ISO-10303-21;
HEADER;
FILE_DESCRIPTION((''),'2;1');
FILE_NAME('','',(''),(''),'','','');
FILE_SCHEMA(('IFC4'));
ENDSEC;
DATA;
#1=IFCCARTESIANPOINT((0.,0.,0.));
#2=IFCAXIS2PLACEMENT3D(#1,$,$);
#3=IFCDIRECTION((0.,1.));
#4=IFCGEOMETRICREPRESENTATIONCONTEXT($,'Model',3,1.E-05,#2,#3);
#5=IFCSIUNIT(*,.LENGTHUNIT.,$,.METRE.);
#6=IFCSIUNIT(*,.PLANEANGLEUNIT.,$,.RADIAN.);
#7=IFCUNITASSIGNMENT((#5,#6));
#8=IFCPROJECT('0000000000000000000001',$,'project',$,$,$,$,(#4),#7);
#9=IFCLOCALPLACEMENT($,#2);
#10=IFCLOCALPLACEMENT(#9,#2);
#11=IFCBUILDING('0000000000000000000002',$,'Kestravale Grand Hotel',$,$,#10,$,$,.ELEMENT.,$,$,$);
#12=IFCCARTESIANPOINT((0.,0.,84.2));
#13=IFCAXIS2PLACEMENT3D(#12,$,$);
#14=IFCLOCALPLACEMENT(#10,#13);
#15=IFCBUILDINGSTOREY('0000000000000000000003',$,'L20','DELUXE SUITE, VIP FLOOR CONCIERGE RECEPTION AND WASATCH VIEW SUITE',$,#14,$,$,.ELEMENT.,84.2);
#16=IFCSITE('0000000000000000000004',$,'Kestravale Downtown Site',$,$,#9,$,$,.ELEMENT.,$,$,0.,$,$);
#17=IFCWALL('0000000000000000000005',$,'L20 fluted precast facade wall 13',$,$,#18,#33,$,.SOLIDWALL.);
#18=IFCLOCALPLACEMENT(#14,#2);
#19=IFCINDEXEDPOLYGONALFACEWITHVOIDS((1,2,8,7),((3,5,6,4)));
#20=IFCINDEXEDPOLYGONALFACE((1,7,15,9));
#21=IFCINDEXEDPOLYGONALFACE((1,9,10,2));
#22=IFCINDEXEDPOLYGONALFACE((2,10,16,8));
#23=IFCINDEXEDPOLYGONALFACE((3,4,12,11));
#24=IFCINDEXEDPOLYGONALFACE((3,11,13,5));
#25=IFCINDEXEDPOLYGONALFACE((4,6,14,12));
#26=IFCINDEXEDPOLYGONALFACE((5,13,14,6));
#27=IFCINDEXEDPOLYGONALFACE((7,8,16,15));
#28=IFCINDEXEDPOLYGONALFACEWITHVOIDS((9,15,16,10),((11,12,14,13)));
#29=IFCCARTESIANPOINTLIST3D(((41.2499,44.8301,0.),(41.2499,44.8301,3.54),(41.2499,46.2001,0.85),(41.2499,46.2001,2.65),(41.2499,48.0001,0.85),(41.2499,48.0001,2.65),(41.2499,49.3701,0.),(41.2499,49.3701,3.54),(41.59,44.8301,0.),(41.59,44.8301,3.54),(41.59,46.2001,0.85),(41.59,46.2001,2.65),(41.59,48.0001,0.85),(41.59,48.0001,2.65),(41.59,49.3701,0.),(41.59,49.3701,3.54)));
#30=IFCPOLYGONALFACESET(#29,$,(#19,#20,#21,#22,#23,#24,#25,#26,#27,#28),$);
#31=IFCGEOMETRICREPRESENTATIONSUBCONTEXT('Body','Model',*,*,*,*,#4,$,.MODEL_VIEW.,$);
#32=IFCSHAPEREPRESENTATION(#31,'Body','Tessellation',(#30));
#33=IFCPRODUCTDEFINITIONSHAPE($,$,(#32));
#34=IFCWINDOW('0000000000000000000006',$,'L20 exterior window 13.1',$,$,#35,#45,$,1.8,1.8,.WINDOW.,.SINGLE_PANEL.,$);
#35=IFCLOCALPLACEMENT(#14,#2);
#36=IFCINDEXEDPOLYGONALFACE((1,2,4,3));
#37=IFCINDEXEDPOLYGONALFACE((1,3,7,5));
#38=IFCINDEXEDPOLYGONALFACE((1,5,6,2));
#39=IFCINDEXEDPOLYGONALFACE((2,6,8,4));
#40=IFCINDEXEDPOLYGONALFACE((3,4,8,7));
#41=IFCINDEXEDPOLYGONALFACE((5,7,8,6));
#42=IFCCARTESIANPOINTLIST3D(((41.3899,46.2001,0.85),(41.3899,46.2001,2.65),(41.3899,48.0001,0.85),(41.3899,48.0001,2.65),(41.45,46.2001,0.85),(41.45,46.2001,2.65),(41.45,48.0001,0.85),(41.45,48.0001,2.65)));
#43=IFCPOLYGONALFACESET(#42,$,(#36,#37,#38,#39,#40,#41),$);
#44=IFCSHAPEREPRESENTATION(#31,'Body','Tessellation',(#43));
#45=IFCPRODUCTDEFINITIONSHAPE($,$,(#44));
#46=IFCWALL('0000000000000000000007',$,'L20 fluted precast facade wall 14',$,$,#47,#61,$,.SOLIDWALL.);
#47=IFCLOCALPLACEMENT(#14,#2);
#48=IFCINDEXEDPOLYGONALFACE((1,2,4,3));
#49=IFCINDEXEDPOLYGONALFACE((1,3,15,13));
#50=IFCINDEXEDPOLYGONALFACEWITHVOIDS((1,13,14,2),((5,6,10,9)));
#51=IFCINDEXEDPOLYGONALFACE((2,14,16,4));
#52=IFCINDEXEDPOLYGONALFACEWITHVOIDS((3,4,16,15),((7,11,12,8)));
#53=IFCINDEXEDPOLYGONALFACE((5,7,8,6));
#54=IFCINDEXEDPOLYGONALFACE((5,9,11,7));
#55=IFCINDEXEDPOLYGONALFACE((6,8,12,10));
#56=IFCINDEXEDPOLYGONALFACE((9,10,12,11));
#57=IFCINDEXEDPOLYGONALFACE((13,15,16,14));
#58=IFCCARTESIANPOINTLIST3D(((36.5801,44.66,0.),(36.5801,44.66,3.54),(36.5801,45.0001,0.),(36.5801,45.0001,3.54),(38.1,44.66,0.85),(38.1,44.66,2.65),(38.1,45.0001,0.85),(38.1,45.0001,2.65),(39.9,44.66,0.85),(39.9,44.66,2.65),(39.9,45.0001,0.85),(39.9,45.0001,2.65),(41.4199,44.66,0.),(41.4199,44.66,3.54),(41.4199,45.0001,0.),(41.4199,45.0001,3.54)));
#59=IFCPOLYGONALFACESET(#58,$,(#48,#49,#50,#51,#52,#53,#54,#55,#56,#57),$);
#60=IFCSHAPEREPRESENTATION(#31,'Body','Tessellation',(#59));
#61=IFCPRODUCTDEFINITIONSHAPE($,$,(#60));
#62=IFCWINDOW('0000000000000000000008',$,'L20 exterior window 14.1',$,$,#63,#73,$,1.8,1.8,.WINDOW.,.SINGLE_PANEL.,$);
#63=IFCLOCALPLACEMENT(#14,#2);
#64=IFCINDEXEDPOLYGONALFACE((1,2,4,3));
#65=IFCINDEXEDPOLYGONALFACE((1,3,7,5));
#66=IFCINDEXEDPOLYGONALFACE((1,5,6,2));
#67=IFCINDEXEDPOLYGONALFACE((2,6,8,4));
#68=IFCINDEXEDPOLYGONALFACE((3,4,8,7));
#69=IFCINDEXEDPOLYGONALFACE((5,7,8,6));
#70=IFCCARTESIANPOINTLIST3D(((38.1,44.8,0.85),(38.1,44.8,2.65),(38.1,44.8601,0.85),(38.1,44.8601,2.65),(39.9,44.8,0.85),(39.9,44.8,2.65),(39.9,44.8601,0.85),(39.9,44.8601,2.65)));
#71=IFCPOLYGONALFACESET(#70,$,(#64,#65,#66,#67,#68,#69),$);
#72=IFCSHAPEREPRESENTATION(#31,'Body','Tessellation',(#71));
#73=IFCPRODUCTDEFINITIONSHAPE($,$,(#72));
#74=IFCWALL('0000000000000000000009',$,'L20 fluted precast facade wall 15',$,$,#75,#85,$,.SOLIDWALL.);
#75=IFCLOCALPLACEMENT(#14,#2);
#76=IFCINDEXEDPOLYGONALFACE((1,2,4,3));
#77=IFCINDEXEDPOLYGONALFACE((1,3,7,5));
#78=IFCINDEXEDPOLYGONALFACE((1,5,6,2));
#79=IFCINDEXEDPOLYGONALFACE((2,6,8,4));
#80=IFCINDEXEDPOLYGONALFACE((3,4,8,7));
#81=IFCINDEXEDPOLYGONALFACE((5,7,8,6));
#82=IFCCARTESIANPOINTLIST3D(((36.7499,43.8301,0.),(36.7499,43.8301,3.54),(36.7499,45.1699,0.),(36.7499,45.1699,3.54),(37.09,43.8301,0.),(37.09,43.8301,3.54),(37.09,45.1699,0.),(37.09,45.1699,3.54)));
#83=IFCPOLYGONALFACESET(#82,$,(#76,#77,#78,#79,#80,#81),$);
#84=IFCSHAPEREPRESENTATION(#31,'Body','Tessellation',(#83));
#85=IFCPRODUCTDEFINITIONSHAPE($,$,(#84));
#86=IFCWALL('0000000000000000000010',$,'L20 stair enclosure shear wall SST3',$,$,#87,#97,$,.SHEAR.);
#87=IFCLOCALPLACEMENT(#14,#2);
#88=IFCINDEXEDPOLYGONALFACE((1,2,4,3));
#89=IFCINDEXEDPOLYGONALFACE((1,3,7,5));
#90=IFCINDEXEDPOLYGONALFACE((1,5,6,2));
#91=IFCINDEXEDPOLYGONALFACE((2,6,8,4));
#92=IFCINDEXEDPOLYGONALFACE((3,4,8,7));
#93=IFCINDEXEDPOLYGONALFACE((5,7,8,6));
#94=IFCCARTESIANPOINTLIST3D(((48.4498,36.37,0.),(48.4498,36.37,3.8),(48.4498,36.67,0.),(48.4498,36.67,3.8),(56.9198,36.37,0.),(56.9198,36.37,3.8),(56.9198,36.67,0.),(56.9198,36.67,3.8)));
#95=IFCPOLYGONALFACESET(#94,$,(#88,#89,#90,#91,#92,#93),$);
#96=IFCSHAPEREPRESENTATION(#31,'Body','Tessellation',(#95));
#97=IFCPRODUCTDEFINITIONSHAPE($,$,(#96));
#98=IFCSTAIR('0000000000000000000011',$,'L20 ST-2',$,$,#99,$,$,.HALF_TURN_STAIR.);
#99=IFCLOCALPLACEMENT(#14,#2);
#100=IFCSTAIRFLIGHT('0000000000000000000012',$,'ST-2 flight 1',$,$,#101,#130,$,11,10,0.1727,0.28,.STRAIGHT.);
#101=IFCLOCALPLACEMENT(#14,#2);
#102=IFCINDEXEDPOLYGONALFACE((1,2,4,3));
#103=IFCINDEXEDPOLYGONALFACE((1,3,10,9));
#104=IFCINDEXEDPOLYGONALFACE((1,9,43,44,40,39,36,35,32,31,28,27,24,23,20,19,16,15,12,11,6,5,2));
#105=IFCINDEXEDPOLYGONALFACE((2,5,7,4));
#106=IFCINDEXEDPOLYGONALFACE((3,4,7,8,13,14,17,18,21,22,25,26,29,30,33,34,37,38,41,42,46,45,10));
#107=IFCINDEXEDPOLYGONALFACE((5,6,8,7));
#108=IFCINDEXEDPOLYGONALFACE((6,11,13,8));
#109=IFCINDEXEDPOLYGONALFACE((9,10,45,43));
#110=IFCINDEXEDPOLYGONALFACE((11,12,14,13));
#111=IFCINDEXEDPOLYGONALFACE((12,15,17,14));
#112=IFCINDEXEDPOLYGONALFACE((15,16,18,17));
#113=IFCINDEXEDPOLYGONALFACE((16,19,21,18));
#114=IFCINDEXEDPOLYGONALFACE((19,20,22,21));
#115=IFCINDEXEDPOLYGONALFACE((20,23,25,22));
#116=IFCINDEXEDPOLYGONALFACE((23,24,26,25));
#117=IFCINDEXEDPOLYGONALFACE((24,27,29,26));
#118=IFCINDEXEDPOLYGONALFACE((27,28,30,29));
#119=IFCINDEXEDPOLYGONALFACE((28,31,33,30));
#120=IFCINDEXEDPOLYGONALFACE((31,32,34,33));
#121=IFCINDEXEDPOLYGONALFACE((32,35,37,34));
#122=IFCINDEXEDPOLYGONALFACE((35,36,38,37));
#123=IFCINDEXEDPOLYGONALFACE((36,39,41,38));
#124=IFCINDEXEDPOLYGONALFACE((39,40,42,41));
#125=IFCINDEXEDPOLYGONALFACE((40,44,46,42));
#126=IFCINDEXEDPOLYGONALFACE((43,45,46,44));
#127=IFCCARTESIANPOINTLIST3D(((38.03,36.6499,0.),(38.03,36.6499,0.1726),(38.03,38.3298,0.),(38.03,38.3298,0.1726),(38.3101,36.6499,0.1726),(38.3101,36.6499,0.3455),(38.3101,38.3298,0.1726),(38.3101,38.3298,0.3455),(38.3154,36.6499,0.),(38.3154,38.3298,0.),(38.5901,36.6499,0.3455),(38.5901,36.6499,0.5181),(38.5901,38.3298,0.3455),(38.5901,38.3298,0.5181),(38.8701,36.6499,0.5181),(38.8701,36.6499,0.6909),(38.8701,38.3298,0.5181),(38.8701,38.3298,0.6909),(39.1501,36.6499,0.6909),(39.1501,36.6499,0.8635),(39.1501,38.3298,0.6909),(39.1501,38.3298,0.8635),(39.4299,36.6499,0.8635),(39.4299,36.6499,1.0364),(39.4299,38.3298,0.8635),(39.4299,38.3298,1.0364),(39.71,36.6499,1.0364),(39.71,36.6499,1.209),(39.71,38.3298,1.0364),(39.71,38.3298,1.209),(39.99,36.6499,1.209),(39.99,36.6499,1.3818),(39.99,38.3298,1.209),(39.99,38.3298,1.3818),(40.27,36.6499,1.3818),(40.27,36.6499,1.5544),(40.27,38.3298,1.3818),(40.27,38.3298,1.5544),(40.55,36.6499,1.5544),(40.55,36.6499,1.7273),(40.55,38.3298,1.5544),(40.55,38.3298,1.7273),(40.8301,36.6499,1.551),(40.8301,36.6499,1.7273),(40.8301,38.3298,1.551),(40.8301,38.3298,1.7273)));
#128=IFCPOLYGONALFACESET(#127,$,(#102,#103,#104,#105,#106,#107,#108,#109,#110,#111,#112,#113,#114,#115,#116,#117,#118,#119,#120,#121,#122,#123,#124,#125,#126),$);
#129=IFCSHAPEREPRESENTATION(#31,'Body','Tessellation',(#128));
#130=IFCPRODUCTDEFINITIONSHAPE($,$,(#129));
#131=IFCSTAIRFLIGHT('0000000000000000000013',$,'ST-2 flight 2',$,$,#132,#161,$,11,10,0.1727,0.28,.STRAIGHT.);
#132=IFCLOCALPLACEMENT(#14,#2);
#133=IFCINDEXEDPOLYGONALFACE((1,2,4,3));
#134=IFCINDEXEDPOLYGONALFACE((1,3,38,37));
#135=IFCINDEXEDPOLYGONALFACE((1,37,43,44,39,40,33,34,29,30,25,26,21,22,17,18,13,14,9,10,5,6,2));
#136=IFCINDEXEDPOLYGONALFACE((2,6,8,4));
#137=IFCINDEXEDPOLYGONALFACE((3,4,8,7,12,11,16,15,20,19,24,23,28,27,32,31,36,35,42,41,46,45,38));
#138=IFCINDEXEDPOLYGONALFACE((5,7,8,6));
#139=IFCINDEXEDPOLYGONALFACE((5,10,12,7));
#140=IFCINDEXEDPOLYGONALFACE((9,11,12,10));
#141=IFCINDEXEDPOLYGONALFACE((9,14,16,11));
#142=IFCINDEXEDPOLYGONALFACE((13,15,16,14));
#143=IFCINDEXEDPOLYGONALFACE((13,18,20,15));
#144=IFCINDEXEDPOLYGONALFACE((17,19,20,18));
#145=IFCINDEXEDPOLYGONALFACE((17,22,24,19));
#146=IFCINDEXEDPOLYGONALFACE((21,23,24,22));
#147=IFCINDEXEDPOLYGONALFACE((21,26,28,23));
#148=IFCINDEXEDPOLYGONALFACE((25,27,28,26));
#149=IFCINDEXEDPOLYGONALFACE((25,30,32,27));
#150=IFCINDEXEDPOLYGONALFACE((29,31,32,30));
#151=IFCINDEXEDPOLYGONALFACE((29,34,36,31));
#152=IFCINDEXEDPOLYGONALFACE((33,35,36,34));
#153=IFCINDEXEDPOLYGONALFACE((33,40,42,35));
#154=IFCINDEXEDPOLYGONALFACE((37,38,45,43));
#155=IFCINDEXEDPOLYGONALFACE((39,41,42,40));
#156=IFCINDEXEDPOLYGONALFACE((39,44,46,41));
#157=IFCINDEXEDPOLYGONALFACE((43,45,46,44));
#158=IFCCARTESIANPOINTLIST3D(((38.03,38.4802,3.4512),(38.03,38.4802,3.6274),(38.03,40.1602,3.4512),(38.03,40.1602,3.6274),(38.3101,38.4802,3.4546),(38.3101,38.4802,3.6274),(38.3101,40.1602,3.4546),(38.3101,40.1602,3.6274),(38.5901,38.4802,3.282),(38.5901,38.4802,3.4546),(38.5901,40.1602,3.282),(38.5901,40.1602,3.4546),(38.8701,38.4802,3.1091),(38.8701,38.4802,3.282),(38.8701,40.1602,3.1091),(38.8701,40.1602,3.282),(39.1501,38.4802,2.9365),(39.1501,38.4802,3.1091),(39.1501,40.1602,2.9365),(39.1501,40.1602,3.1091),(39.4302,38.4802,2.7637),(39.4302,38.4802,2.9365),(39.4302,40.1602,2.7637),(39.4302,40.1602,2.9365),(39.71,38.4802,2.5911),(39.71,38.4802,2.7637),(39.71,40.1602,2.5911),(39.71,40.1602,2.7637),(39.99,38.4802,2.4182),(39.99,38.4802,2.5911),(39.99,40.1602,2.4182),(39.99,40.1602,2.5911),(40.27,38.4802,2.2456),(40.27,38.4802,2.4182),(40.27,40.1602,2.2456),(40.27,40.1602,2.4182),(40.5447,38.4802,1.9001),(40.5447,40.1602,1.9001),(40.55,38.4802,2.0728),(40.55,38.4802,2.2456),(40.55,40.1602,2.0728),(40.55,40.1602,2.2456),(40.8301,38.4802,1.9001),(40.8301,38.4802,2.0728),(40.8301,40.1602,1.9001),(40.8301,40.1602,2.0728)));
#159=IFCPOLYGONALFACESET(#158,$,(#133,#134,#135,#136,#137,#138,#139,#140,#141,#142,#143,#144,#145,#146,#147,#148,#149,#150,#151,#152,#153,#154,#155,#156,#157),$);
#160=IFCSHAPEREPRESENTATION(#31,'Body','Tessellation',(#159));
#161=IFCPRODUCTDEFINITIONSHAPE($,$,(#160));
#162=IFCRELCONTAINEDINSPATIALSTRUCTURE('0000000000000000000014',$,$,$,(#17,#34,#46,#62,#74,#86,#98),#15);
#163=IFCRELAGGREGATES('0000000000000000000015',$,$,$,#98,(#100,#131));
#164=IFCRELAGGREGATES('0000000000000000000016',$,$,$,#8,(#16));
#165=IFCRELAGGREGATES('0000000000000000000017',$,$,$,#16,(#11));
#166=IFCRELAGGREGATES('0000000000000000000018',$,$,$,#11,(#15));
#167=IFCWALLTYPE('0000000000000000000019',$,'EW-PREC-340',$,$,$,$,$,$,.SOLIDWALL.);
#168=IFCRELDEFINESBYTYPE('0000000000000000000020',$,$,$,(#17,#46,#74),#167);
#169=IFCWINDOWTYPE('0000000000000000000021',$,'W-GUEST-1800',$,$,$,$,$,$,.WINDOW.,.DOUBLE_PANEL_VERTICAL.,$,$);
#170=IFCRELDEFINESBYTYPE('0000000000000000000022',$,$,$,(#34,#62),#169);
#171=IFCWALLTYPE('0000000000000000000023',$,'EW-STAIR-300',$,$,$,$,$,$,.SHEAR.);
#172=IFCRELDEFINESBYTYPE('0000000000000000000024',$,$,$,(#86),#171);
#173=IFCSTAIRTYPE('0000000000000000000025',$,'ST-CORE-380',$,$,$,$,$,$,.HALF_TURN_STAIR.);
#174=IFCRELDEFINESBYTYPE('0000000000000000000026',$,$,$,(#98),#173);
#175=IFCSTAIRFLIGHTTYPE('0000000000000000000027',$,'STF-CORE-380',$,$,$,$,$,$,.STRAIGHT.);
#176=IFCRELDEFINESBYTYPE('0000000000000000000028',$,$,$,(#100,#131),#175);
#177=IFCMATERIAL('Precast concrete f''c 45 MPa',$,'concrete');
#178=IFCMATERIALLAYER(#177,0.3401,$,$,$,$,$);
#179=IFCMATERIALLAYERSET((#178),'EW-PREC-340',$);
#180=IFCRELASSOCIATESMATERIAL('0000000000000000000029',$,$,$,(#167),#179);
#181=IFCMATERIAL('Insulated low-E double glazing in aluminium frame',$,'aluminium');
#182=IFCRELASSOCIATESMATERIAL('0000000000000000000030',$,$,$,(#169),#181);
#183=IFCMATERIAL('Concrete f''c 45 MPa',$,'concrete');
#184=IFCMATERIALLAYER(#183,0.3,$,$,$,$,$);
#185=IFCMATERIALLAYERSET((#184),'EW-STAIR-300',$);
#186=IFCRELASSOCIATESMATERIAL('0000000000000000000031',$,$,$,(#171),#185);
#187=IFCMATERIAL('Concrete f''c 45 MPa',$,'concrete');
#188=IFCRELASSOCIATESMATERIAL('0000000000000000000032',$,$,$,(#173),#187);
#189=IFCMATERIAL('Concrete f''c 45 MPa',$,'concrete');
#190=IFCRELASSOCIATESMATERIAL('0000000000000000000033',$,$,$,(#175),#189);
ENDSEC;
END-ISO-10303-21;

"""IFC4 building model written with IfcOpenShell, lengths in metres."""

from ifc_helpers import new_model, si_unit, direction, frame, frame_2d, origin, place, context, subcontext, project, spatial, polyline, rectangle, outline, extrude, material, layer, layer_set, type_object, element, fill, aggregate, save


model = new_model("IFC4")

# Units and contexts
model_context = context("Model", 3, precision=1e-05, world=origin(), true_north=direction((0.0, 1.0)))
body_context = subcontext(model_context, "Body", "Model", "MODEL_VIEW")
ifc_project = project(units=[si_unit("LENGTHUNIT", "METRE"), si_unit("PLANEANGLEUNIT", "RADIAN")], contexts=[model_context])

# Site, building, storey
site_placement = place(None, origin())
site = spatial("IfcSite", under=ifc_project, at=site_placement, Name="Kestravale Downtown Site", CompositionType="ELEMENT", RefElevation=0.0)
building_placement = place(site_placement, origin())
building = spatial("IfcBuilding", under=site, at=building_placement, Name="Kestravale Grand Hotel", CompositionType="ELEMENT")
storey_placement = place(building_placement, frame((0.0, 0.0, 84.2)))
storey = spatial("IfcBuildingStorey", under=building, at=storey_placement, Name="L20", Description="DELUXE SUITE, VIP FLOOR CONCIERGE RECEPTION AND WASATCH VIEW SUITE", CompositionType="ELEMENT", Elevation=84.2)

# Shared definitions
ifc_material_1 = material(Name="Precast concrete f'c 45 MPa", Category="concrete")
ifc_layer_1 = layer(ifc_material_1, 0.3401)
ifc_layer_set_1 = layer_set([ifc_layer_1], Name="EW-PREC-340")
wall_type_1 = type_object("IfcWallType", Name="EW-PREC-340", PredefinedType="SOLIDWALL", material=ifc_layer_set_1)

# Walls, openings, windows
wall_1_placement = place(storey_placement, frame((41.4199, 49.3701, 0.0), z_axis=(0.0, 0.0, 1.0), x_axis=(0.0, -1.0, 0.0)))
wall_1 = element("IfcWall", 1, at=wall_1_placement, inside=storey, type_object=wall_type_1, Name="L20 fluted precast facade wall 13", PredefinedType="SOLIDWALL", context=body_context, shape_type="SweptSolid", body=[
    extrude(rectangle(XDim=4.54, YDim=0.3401, at=frame_2d((2.27, 0.0))), origin(), (0.0, 0.0, 1.0), 3.54),
])
opening_1_placement = place(wall_1_placement, frame((1.3701, 0.0, 0.8501)))
opening_1 = element("IfcOpeningElement", 2, at=opening_1_placement, cuts=wall_1, PredefinedType="OPENING", context=body_context, shape_type="SweptSolid", body=[
    extrude(rectangle(XDim=1.8, YDim=1.8, at=frame_2d((0.8999, 0.8999))), frame((0.0, 0.1799, 0.0), z_axis=(0.0, -1.0, 0.0), x_axis=(1.0, 0.0, 0.0)), (0.0, 0.0, 1.0), 0.3601),
])
ifc_material_2 = material(Name="Insulated low-E double glazing in aluminium frame", Category="aluminium")
window_type = type_object("IfcWindowType", Name="W-GUEST-1800", PartitioningType="DOUBLE_PANEL_VERTICAL", PredefinedType="WINDOW", material=ifc_material_2)
window_1_placement = place(opening_1_placement, origin())
window_1 = element("IfcWindow", 3, at=window_1_placement, inside=storey, type_object=window_type, Name="L20 exterior window 13.1", OverallHeight=1.8, OverallWidth=1.8, PartitioningType="SINGLE_PANEL", PredefinedType="WINDOW", context=body_context, shape_type="SweptSolid", body=[
    extrude(rectangle(XDim=1.8, YDim=1.8, at=frame_2d((0.8999, 0.8999))), frame((0.0, 0.03, 0.0), z_axis=(0.0, -1.0, 0.0), x_axis=(1.0, 0.0, 0.0)), (0.0, 0.0, 1.0), 0.0601),
])
fill(opening_1, window_1)
wall_2_placement = place(storey_placement, frame((41.4199, 44.8301, 0.0), z_axis=(0.0, 0.0, 1.0), x_axis=(-1.0, 0.0, 0.0)))
wall_2 = element("IfcWall", 4, at=wall_2_placement, inside=storey, type_object=wall_type_1, Name="L20 fluted precast facade wall 14", PredefinedType="SOLIDWALL", context=body_context, shape_type="SweptSolid", body=[
    extrude(rectangle(XDim=4.8398, YDim=0.3401, at=frame_2d((2.4199, 0.0))), origin(), (0.0, 0.0, 1.0), 3.54),
])
opening_2_placement = place(wall_2_placement, frame((1.52, 0.0, 0.8501)))
opening_2 = element("IfcOpeningElement", 5, at=opening_2_placement, cuts=wall_2, PredefinedType="OPENING", context=body_context, shape_type="SweptSolid", body=[
    extrude(rectangle(XDim=1.8, YDim=1.8, at=frame_2d((0.8999, 0.8999))), frame((0.0, 0.1799, 0.0), z_axis=(0.0, -1.0, 0.0), x_axis=(1.0, 0.0, 0.0)), (0.0, 0.0, 1.0), 0.3601),
])
window_2_placement = place(opening_2_placement, origin())
window_2 = element("IfcWindow", 6, at=window_2_placement, inside=storey, type_object=window_type, Name="L20 exterior window 14.1", OverallHeight=1.8, OverallWidth=1.8, PartitioningType="SINGLE_PANEL", PredefinedType="WINDOW", context=body_context, shape_type="SweptSolid", body=[
    extrude(rectangle(XDim=1.8, YDim=1.8, at=frame_2d((0.8999, 0.8999))), frame((0.0, 0.03, 0.0), z_axis=(0.0, -1.0, 0.0), x_axis=(1.0, 0.0, 0.0)), (0.0, 0.0, 1.0), 0.0601),
])
fill(opening_2, window_2)

# Walls
wall_3_placement = place(storey_placement, frame((36.9199, 45.1699, 0.0), z_axis=(0.0, 0.0, 1.0), x_axis=(0.0, -1.0, 0.0)))
element("IfcWall", 7, at=wall_3_placement, inside=storey, type_object=wall_type_1, Name="L20 fluted precast facade wall 15", PredefinedType="SOLIDWALL", context=body_context, shape_type="SweptSolid", body=[
    extrude(rectangle(XDim=1.3398, YDim=0.3401, at=frame_2d((0.6699, 0.0))), origin(), (0.0, 0.0, 1.0), 3.54),
])
ifc_material_3 = material(Name="Concrete f'c 45 MPa", Category="concrete")
ifc_layer_2 = layer(ifc_material_3, 0.3)
ifc_layer_set_2 = layer_set([ifc_layer_2], Name="EW-STAIR-300")
wall_type_2 = type_object("IfcWallType", Name="EW-STAIR-300", PredefinedType="SHEAR", material=ifc_layer_set_2)
wall_4_placement = place(storey_placement, frame((48.45, 36.52, 0.0), z_axis=(0.0, 0.0, 1.0), x_axis=(1.0, 0.0, 0.0)))
element("IfcWall", 8, at=wall_4_placement, inside=storey, type_object=wall_type_2, Name="L20 stair enclosure shear wall SST3", PredefinedType="SHEAR", context=body_context, shape_type="SweptSolid", body=[
    extrude(rectangle(XDim=8.47, YDim=0.3, at=frame_2d((4.2349, 0.0))), origin(), (0.0, 0.0, 1.0), 3.8),
])

# Stair, stair flights
ifc_material_4 = material(Name="Concrete f'c 45 MPa", Category="concrete")
stair_type = type_object("IfcStairType", Name="ST-CORE-380", PredefinedType="HALF_TURN_STAIR", material=ifc_material_4)
stair_placement = place(storey_placement, origin())
stair = element("IfcStair", 9, at=stair_placement, inside=storey, type_object=stair_type, Name="L20 ST-2", PredefinedType="HALF_TURN_STAIR")
ifc_material_5 = material(Name="Concrete f'c 45 MPa", Category="concrete")
stair_flight_type = type_object("IfcStairFlightType", Name="STF-CORE-380", PredefinedType="STRAIGHT", material=ifc_material_5)
stair_flight_1_placement = place(storey_placement, frame((38.03, 37.49, 0.0), z_axis=(0.0, 0.0, 1.0), x_axis=(1.0, 0.0, 0.0)))
stair_flight_1 = element("IfcStairFlight", 10, at=stair_flight_1_placement, type_object=stair_flight_type, Name="ST-2 flight 1", NumberOfRisers=11, NumberOfTreads=10, PredefinedType="STRAIGHT", RiserHeight=0.1727, TreadLength=0.28, context=body_context, shape_type="SweptSolid", body=[
    extrude(outline(polyline([(0.0, 0.0), (0.0, 0.1726), (0.28, 0.1726), (0.28, 0.3455), (0.5601, 0.3455), (0.5601, 0.5181), (0.8401, 0.5181), (0.8401, 0.6909), (1.1201, 0.6909), (1.1201, 0.8635), (1.3999, 0.8635), (1.3999, 1.0364), (1.6799, 1.0364), (1.6799, 1.209), (1.96, 1.209), (1.96, 1.3818), (2.24, 1.3818), (2.24, 1.5544), (2.52, 1.5544), (2.52, 1.7273), (2.8, 1.7273), (2.8, 1.8999), (2.8, 1.551), (0.2854, 0.0), (0.0, 0.0)])), frame((0.0, 0.8398, 0.0), z_axis=(0.0, -1.0, 0.0), x_axis=(1.0, 0.0, 0.0)), (0.0, 0.0, 1.0), 1.6799),
])
stair_flight_2_placement = place(storey_placement, frame((40.8301, 39.3201, 1.9001), z_axis=(0.0, 0.0, 1.0), x_axis=(-1.0, 0.0, 0.0)))
stair_flight_2 = element("IfcStairFlight", 11, at=stair_flight_2_placement, type_object=stair_flight_type, Name="ST-2 flight 2", NumberOfRisers=11, NumberOfTreads=10, PredefinedType="STRAIGHT", RiserHeight=0.1727, TreadLength=0.28, context=body_context, shape_type="SweptSolid", body=[
    extrude(outline(polyline([(0.0, 0.0), (0.0, 0.1726), (0.28, 0.1726), (0.28, 0.3455), (0.5601, 0.3455), (0.5601, 0.5181), (0.8401, 0.5181), (0.8401, 0.6909), (1.1201, 0.6909), (1.1201, 0.8635), (1.3999, 0.8635), (1.3999, 1.0364), (1.6799, 1.0364), (1.6799, 1.209), (1.96, 1.209), (1.96, 1.3818), (2.24, 1.3818), (2.24, 1.5544), (2.52, 1.5544), (2.52, 1.7273), (2.8, 1.7273), (2.8, 1.8999), (2.8, 1.551), (0.2854, 0.0), (0.0, 0.0)])), frame((0.0, 0.8398, 0.0), z_axis=(0.0, -1.0, 0.0), x_axis=(1.0, 0.0, 0.0)), (0.0, 0.0, 1.0), 1.6799),
])
aggregate(stair, [stair_flight_1, stair_flight_2])

save(model, "model.ifc")
